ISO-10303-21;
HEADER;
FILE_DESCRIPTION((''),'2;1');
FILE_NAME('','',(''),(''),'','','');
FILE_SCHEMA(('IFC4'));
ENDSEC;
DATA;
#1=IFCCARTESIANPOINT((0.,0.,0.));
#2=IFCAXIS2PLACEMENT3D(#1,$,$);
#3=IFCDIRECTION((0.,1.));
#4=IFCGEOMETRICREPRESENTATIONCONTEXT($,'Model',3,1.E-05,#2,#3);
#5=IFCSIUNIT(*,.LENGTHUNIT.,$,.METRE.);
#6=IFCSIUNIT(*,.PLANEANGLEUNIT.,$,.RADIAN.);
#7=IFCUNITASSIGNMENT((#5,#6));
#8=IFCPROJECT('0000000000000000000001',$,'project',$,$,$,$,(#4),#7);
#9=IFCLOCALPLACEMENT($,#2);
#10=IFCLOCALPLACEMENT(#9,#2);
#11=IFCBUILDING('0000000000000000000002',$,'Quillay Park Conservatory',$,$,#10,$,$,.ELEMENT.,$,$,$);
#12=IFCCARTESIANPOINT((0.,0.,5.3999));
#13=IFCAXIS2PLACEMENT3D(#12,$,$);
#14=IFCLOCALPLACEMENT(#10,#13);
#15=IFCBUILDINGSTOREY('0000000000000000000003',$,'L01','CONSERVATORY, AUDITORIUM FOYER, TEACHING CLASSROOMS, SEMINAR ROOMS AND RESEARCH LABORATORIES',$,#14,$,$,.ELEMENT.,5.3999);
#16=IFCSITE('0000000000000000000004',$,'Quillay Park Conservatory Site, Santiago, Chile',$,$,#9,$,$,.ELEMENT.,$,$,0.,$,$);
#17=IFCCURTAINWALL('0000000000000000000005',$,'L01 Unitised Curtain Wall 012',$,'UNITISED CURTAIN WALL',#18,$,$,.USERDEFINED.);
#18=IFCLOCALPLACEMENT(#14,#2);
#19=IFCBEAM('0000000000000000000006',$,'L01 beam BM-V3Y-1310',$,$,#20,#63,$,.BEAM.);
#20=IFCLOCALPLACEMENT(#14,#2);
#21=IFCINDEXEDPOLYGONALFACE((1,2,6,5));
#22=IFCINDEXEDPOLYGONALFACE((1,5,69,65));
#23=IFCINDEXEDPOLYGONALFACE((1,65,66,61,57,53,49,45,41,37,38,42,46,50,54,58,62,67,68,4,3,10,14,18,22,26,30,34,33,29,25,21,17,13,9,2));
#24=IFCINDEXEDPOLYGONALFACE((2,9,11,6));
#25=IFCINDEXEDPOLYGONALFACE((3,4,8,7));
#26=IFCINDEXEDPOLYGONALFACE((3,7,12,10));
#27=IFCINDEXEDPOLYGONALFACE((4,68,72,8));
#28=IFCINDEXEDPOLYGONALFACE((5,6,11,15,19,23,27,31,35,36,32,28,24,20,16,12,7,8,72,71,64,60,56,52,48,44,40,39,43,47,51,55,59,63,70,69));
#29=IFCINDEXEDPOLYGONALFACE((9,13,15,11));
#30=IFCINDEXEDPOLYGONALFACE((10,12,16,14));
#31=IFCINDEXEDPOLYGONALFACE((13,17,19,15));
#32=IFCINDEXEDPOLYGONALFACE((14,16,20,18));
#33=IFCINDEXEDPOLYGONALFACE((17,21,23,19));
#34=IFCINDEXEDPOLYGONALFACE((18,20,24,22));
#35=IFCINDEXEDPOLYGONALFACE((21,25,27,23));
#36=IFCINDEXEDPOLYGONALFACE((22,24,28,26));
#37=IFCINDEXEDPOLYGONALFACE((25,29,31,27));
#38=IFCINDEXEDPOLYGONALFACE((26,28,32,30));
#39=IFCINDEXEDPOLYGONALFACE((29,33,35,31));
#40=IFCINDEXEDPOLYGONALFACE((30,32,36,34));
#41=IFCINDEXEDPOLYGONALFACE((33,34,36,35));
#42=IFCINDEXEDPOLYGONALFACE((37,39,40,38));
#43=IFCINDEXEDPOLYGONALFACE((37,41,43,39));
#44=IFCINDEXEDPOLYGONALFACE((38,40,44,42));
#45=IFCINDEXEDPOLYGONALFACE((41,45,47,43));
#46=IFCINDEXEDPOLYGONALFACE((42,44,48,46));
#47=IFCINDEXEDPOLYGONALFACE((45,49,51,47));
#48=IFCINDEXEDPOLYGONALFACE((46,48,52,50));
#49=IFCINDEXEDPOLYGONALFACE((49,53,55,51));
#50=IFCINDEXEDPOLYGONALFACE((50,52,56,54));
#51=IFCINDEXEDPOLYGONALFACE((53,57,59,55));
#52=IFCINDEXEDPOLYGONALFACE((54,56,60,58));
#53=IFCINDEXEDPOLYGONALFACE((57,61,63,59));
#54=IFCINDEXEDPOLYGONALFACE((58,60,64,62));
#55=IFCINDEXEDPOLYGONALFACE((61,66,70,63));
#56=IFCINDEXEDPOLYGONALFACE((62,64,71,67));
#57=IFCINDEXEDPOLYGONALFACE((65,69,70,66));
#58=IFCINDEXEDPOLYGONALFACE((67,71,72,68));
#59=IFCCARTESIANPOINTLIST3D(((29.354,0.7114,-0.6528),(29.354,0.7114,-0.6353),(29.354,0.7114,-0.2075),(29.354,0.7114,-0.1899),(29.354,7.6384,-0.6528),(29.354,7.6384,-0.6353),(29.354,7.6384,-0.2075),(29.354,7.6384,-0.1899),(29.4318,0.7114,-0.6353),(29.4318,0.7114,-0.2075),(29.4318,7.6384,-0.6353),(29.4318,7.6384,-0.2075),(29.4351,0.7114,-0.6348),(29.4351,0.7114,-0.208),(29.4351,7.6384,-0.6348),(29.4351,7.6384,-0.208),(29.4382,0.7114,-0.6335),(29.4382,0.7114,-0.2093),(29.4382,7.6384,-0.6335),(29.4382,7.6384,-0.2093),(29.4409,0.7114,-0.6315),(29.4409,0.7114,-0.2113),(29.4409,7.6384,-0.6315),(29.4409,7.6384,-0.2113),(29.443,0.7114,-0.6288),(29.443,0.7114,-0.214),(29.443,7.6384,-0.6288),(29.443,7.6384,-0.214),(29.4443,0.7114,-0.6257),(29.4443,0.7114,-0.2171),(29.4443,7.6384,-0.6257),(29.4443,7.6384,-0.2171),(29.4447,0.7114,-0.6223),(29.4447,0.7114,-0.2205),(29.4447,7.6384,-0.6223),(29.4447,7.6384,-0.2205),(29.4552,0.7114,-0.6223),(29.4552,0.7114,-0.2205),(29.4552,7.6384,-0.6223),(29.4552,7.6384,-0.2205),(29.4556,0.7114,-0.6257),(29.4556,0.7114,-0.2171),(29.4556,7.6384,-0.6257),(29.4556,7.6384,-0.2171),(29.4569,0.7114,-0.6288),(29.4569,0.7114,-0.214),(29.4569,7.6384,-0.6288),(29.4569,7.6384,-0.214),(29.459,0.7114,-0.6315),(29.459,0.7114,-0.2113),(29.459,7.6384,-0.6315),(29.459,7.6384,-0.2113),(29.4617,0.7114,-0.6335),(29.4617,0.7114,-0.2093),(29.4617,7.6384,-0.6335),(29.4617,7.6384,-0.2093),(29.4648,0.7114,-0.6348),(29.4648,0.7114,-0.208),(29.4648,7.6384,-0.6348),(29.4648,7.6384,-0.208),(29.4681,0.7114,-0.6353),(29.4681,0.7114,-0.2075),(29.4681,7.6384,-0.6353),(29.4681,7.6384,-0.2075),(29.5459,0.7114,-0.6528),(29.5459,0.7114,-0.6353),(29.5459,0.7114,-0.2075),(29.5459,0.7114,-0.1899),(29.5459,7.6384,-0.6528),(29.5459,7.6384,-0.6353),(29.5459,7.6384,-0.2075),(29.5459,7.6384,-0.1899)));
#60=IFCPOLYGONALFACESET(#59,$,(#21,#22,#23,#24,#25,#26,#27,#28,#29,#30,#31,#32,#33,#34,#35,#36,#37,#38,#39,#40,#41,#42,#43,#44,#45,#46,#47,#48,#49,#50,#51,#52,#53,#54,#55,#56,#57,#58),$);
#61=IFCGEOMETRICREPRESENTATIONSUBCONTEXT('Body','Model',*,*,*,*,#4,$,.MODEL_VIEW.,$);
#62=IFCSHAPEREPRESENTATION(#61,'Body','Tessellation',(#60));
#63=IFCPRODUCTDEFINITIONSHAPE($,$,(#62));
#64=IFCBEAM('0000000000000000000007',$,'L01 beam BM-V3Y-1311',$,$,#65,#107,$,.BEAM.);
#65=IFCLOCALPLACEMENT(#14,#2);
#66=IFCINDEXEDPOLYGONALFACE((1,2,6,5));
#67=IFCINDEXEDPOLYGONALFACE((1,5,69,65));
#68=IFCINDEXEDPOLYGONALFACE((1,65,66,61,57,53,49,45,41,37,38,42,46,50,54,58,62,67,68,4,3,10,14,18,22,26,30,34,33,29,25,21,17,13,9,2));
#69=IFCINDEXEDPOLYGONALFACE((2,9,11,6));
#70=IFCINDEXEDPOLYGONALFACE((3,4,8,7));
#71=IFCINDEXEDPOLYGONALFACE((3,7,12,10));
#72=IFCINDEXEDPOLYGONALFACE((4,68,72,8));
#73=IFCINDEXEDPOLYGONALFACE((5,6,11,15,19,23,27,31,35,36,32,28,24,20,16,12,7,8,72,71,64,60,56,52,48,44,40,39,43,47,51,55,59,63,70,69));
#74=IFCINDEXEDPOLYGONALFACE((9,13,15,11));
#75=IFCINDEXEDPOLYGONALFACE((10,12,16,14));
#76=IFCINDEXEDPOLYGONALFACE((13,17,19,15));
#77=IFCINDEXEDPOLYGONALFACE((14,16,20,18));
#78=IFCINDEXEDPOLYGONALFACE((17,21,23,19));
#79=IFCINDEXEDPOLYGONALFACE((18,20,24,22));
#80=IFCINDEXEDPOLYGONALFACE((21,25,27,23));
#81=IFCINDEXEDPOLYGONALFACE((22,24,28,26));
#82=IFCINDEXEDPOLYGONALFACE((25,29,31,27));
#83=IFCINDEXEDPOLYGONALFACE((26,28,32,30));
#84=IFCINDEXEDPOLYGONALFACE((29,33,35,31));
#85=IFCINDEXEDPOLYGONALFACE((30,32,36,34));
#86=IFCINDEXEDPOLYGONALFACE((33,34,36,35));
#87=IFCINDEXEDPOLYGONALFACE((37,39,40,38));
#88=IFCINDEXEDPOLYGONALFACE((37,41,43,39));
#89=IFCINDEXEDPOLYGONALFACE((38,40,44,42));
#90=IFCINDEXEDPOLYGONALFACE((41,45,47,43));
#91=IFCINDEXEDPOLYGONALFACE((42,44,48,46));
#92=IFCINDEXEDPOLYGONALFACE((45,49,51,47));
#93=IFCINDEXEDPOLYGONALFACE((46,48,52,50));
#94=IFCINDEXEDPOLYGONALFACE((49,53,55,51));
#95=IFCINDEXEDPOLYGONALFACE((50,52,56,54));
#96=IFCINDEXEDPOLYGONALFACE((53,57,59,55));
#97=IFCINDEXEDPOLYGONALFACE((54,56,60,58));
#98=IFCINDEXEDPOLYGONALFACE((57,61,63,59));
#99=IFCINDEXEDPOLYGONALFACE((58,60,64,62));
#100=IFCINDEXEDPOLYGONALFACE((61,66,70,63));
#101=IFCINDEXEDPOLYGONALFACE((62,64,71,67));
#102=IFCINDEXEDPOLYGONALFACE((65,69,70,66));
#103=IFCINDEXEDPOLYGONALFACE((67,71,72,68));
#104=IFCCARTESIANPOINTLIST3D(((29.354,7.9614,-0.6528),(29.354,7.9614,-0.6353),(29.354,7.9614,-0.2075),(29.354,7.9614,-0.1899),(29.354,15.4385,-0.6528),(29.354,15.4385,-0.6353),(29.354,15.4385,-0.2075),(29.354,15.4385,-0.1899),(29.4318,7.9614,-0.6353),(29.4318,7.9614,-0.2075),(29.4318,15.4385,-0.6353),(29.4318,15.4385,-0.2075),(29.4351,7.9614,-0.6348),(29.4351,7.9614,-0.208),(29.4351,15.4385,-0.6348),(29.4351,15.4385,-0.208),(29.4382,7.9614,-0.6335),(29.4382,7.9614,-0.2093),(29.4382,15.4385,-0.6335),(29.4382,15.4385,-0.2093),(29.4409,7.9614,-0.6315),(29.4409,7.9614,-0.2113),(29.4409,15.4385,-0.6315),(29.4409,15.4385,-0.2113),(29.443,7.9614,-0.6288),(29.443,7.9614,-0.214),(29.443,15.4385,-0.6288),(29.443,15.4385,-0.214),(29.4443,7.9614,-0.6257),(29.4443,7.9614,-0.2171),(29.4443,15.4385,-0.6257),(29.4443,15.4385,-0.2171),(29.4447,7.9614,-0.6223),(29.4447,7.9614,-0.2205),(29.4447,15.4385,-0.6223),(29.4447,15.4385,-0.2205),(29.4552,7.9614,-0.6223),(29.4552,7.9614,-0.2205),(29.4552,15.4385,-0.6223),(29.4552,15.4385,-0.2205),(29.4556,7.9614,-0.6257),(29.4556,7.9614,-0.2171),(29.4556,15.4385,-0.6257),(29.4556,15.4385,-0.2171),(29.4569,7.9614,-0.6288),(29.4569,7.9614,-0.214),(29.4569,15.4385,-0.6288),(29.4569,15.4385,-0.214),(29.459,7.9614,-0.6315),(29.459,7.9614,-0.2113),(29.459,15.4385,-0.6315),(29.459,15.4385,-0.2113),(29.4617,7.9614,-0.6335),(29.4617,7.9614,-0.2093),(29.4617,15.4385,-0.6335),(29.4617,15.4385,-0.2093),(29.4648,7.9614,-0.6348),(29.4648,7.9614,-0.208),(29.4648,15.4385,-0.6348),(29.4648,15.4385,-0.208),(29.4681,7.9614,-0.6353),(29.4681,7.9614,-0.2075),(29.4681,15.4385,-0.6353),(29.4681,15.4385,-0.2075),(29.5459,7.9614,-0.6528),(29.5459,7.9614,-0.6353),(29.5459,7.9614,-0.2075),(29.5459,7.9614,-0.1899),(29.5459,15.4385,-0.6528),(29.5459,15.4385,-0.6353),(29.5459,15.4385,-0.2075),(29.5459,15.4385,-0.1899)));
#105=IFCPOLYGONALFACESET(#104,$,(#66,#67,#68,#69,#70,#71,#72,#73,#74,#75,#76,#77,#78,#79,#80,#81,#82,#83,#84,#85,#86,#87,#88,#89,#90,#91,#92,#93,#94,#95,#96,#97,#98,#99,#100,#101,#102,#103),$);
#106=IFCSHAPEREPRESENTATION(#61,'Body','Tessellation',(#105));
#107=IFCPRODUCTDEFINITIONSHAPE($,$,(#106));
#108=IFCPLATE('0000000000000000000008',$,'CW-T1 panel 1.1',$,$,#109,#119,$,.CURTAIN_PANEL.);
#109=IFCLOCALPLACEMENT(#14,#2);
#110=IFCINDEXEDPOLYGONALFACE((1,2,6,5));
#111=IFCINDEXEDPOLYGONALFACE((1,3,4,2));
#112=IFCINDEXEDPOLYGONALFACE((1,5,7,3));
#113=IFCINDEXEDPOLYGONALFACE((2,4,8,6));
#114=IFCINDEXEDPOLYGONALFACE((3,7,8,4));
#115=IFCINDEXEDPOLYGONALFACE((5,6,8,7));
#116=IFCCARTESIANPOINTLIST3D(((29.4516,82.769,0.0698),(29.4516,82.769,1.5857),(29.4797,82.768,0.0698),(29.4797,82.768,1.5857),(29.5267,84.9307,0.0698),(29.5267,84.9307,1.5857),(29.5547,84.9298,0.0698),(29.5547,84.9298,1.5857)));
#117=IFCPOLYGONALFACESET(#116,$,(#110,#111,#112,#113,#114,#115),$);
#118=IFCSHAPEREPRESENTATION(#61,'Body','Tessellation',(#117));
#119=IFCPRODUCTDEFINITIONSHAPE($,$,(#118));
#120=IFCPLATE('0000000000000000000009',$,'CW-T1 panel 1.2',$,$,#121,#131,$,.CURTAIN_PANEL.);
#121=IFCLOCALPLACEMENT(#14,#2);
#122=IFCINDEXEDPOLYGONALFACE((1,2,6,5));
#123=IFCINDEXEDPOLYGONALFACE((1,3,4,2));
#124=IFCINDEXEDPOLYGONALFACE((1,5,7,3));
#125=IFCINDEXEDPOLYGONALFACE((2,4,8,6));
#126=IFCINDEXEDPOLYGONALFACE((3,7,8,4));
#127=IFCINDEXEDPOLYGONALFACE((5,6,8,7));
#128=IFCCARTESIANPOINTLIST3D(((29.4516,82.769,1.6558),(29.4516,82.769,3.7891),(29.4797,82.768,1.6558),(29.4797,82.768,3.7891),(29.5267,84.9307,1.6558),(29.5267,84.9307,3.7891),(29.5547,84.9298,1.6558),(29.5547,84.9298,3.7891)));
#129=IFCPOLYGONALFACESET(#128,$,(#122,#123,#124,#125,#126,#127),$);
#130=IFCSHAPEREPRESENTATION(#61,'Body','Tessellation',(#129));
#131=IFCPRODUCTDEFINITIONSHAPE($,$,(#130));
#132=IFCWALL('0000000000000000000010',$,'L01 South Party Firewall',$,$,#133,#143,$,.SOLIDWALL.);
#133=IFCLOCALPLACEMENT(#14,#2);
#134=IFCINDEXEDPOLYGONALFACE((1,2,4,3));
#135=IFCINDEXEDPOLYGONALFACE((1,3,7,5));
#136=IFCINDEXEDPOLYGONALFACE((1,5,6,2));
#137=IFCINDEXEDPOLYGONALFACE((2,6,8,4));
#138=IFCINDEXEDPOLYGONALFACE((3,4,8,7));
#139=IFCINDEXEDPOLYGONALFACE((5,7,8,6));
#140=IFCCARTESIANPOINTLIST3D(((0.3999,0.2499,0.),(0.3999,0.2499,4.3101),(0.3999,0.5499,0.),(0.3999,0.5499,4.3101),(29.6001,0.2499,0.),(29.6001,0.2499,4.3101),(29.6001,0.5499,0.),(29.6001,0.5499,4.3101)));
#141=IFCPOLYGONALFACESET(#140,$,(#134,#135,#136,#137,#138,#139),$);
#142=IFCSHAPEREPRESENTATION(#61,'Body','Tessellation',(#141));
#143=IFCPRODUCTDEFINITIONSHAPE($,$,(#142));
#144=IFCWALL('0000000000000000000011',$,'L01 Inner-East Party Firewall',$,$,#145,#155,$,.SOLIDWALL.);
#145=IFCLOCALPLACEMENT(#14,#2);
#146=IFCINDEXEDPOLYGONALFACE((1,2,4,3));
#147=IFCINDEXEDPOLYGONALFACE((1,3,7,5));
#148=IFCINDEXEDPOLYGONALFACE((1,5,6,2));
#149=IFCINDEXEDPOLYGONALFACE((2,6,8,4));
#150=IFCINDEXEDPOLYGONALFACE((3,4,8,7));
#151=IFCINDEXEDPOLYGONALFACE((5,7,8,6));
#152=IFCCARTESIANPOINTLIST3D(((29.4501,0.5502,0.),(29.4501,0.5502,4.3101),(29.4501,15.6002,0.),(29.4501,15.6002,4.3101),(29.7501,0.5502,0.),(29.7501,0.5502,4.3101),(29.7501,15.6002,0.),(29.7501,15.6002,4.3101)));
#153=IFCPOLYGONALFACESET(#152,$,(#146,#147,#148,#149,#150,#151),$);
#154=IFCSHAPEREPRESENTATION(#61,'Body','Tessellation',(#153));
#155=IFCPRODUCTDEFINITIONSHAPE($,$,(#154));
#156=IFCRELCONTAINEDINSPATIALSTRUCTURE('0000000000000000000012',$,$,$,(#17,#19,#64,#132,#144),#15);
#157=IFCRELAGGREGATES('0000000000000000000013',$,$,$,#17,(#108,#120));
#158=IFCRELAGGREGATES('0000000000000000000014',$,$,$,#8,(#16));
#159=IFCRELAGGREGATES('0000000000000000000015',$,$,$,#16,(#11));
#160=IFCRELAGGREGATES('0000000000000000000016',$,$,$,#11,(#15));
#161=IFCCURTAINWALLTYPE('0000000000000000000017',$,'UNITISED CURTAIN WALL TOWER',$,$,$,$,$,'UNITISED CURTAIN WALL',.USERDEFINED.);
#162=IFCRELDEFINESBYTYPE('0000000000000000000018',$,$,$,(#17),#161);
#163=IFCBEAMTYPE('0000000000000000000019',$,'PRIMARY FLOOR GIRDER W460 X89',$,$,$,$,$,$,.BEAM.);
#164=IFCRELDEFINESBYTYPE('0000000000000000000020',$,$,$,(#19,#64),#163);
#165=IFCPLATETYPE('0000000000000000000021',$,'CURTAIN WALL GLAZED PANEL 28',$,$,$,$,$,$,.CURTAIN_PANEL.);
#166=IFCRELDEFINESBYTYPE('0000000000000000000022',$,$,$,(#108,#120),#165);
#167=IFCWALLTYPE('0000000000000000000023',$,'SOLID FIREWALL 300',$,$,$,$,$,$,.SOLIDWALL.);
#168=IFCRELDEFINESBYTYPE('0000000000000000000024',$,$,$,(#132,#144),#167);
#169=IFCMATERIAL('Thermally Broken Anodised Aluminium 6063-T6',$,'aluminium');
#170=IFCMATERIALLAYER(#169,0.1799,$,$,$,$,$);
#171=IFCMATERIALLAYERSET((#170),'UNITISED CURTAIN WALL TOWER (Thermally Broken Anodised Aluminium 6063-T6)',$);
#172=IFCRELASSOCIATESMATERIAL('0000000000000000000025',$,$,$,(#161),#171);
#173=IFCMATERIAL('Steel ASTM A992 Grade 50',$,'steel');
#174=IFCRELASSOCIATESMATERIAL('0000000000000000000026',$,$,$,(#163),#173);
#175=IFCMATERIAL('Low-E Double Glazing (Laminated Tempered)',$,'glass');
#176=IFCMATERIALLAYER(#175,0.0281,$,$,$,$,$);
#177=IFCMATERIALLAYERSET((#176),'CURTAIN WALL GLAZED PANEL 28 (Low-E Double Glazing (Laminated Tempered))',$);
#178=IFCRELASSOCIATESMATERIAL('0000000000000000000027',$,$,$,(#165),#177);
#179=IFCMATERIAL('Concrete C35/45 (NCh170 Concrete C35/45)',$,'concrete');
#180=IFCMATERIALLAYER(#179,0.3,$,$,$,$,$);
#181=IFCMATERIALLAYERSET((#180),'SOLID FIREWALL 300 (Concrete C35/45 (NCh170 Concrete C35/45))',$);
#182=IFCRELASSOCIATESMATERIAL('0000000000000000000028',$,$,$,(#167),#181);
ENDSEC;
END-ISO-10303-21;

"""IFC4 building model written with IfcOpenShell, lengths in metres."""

from ifc_helpers import new_model, si_unit, direction, frame, frame_2d, origin, origin_2d, place, context, subcontext, project, spatial, rectangle, i_section, extrude, material, layer, layer_set, material_profile, profile_set, type_object, element, aggregate, save


model = new_model("IFC4")

# Units and contexts
model_context = context("Model", 3, precision=1e-05, world=origin(), true_north=direction((0.0, 1.0)))
body_context = subcontext(model_context, "Body", "Model", "MODEL_VIEW")
ifc_project = project(units=[si_unit("LENGTHUNIT", "METRE"), si_unit("PLANEANGLEUNIT", "RADIAN")], contexts=[model_context])

# Site, building, storey
site_placement = place(None, origin())
site = spatial("IfcSite", under=ifc_project, at=site_placement, Name="Quillay Park Conservatory Site, Santiago, Chile", CompositionType="ELEMENT", RefElevation=0.0)
building_placement = place(site_placement, origin())
building = spatial("IfcBuilding", under=site, at=building_placement, Name="Quillay Park Conservatory", CompositionType="ELEMENT")
storey_placement = place(building_placement, frame((0.0, 0.0, 5.3999)))
storey = spatial("IfcBuildingStorey", under=building, at=storey_placement, Name="L01", Description="CONSERVATORY, AUDITORIUM FOYER, TEACHING CLASSROOMS, SEMINAR ROOMS AND RESEARCH LABORATORIES", CompositionType="ELEMENT", Elevation=5.3999)

# Curtain wall
ifc_material_1 = material(Name="Thermally Broken Anodised Aluminium 6063-T6", Category="aluminium")
ifc_layer_1 = layer(ifc_material_1, 0.1799)
ifc_layer_set_1 = layer_set([ifc_layer_1], Name="UNITISED CURTAIN WALL TOWER (Thermally Broken Anodised Aluminium 6063-T6)")
curtain_wall_type = type_object("IfcCurtainWallType", Name="UNITISED CURTAIN WALL TOWER", ElementType="UNITISED CURTAIN WALL", PredefinedType="USERDEFINED", material=ifc_layer_set_1)
curtain_wall_placement = place(storey_placement, origin())
curtain_wall = element("IfcCurtainWall", 1, at=curtain_wall_placement, inside=storey, type_object=curtain_wall_type, Name="L01 Unitised Curtain Wall 012", ObjectType="UNITISED CURTAIN WALL", PredefinedType="USERDEFINED")

# Beams
ifc_material_2 = material(Name="Steel ASTM A992 Grade 50", Category="steel")
ifc_material_profile_1 = material_profile(ifc_material_2, i_section(OverallWidth=0.1919, OverallDepth=0.4629, WebThickness=0.0105, FlangeThickness=0.0176, FilletRadius=0.0129, at=origin_2d()), Name="W460x89")
ifc_profile_set_1 = profile_set([ifc_material_profile_1], Name="Steel ASTM A992 Grade 50")
beam_type = type_object("IfcBeamType", Name="PRIMARY FLOOR GIRDER W460 X89", PredefinedType="BEAM", material=ifc_profile_set_1)
beam_1_placement = place(storey_placement, frame((29.45, 0.7114, -0.4214), z_axis=(0.0, 1.0, 0.0), x_axis=(-1.0, 0.0, 0.0)))
element("IfcBeam", 2, at=beam_1_placement, inside=storey, type_object=beam_type, Name="L01 beam BM-V3Y-1310", PredefinedType="BEAM", context=body_context, shape_type="SweptSolid", body=[
    extrude(i_section(OverallWidth=0.1919, OverallDepth=0.4629, WebThickness=0.0105, FlangeThickness=0.0176, FilletRadius=0.0129, at=origin_2d()), origin(), (0.0, 0.0, 1.0), 6.927),
])
beam_2_placement = place(storey_placement, frame((29.45, 7.9614, -0.4214), z_axis=(0.0, 1.0, 0.0), x_axis=(-1.0, 0.0, 0.0)))
element("IfcBeam", 3, at=beam_2_placement, inside=storey, type_object=beam_type, Name="L01 beam BM-V3Y-1311", PredefinedType="BEAM", context=body_context, shape_type="SweptSolid", body=[
    extrude(i_section(OverallWidth=0.1919, OverallDepth=0.4629, WebThickness=0.0105, FlangeThickness=0.0176, FilletRadius=0.0129, at=origin_2d()), origin(), (0.0, 0.0, 1.0), 7.4771),
])

# Plates
ifc_material_3 = material(Name="Low-E Double Glazing (Laminated Tempered)", Category="glass")
ifc_layer_2 = layer(ifc_material_3, 0.0281)
ifc_layer_set_2 = layer_set([ifc_layer_2], Name="CURTAIN WALL GLAZED PANEL 28 (Low-E Double Glazing (Laminated Tempered))")
plate_type = type_object("IfcPlateType", Name="CURTAIN WALL GLAZED PANEL 28", PredefinedType="CURTAIN_PANEL", material=ifc_layer_set_2)
plate_1_placement = place(storey_placement, frame((29.5032, 83.8494, 0.0698), z_axis=(0.0, 0.0, 1.0), x_axis=(-0.034713, -0.999397, 0.0)))
plate_1 = element("IfcPlate", 4, at=plate_1_placement, type_object=plate_type, Name="CW-T1 panel 1.1", PredefinedType="CURTAIN_PANEL", context=body_context, shape_type="SweptSolid", body=[
    extrude(rectangle(XDim=2.1631, YDim=0.0281, at=origin_2d()), origin(), (0.0, 0.0, 1.0), 1.5159),
])
plate_2_placement = place(storey_placement, frame((29.5032, 83.8494, 1.6558), z_axis=(0.0, 0.0, 1.0), x_axis=(-0.034713, -0.999397, 0.0)))
plate_2 = element("IfcPlate", 5, at=plate_2_placement, type_object=plate_type, Name="CW-T1 panel 1.2", PredefinedType="CURTAIN_PANEL", context=body_context, shape_type="SweptSolid", body=[
    extrude(rectangle(XDim=2.1631, YDim=0.0281, at=origin_2d()), origin(), (0.0, 0.0, 1.0), 2.1333),
])
aggregate(curtain_wall, [plate_1, plate_2])

# Walls
ifc_material_4 = material(Name="Concrete C35/45 (NCh170 Concrete C35/45)", Category="concrete")
ifc_layer_3 = layer(ifc_material_4, 0.3)
ifc_layer_set_3 = layer_set([ifc_layer_3], Name="SOLID FIREWALL 300 (Concrete C35/45 (NCh170 Concrete C35/45))")
wall_type = type_object("IfcWallType", Name="SOLID FIREWALL 300", PredefinedType="SOLIDWALL", material=ifc_layer_set_3)
wall_1_placement = place(storey_placement, frame((29.6001, 0.3999, 0.0), z_axis=(0.0, 0.0, 1.0), x_axis=(-1.0, 0.0, 0.0)))
element("IfcWall", 6, at=wall_1_placement, inside=storey, type_object=wall_type, Name="L01 South Party Firewall", PredefinedType="SOLIDWALL", context=body_context, shape_type="SweptSolid", body=[
    extrude(rectangle(XDim=29.2002, YDim=0.3, at=frame_2d((14.6001, 0.0))), origin(), (0.0, 0.0, 1.0), 4.3101),
])
wall_2_placement = place(storey_placement, frame((29.6001, 15.6001, 0.0), z_axis=(0.0, 0.0, 1.0), x_axis=(0.0, -1.0, 0.0)))
element("IfcWall", 7, at=wall_2_placement, inside=storey, type_object=wall_type, Name="L01 Inner-East Party Firewall", PredefinedType="SOLIDWALL", context=body_context, shape_type="SweptSolid", body=[
    extrude(rectangle(XDim=15.05, YDim=0.3, at=frame_2d((7.5249, 0.0))), origin(), (0.0, 0.0, 1.0), 4.3101),
])

save(model, "model.ifc")
